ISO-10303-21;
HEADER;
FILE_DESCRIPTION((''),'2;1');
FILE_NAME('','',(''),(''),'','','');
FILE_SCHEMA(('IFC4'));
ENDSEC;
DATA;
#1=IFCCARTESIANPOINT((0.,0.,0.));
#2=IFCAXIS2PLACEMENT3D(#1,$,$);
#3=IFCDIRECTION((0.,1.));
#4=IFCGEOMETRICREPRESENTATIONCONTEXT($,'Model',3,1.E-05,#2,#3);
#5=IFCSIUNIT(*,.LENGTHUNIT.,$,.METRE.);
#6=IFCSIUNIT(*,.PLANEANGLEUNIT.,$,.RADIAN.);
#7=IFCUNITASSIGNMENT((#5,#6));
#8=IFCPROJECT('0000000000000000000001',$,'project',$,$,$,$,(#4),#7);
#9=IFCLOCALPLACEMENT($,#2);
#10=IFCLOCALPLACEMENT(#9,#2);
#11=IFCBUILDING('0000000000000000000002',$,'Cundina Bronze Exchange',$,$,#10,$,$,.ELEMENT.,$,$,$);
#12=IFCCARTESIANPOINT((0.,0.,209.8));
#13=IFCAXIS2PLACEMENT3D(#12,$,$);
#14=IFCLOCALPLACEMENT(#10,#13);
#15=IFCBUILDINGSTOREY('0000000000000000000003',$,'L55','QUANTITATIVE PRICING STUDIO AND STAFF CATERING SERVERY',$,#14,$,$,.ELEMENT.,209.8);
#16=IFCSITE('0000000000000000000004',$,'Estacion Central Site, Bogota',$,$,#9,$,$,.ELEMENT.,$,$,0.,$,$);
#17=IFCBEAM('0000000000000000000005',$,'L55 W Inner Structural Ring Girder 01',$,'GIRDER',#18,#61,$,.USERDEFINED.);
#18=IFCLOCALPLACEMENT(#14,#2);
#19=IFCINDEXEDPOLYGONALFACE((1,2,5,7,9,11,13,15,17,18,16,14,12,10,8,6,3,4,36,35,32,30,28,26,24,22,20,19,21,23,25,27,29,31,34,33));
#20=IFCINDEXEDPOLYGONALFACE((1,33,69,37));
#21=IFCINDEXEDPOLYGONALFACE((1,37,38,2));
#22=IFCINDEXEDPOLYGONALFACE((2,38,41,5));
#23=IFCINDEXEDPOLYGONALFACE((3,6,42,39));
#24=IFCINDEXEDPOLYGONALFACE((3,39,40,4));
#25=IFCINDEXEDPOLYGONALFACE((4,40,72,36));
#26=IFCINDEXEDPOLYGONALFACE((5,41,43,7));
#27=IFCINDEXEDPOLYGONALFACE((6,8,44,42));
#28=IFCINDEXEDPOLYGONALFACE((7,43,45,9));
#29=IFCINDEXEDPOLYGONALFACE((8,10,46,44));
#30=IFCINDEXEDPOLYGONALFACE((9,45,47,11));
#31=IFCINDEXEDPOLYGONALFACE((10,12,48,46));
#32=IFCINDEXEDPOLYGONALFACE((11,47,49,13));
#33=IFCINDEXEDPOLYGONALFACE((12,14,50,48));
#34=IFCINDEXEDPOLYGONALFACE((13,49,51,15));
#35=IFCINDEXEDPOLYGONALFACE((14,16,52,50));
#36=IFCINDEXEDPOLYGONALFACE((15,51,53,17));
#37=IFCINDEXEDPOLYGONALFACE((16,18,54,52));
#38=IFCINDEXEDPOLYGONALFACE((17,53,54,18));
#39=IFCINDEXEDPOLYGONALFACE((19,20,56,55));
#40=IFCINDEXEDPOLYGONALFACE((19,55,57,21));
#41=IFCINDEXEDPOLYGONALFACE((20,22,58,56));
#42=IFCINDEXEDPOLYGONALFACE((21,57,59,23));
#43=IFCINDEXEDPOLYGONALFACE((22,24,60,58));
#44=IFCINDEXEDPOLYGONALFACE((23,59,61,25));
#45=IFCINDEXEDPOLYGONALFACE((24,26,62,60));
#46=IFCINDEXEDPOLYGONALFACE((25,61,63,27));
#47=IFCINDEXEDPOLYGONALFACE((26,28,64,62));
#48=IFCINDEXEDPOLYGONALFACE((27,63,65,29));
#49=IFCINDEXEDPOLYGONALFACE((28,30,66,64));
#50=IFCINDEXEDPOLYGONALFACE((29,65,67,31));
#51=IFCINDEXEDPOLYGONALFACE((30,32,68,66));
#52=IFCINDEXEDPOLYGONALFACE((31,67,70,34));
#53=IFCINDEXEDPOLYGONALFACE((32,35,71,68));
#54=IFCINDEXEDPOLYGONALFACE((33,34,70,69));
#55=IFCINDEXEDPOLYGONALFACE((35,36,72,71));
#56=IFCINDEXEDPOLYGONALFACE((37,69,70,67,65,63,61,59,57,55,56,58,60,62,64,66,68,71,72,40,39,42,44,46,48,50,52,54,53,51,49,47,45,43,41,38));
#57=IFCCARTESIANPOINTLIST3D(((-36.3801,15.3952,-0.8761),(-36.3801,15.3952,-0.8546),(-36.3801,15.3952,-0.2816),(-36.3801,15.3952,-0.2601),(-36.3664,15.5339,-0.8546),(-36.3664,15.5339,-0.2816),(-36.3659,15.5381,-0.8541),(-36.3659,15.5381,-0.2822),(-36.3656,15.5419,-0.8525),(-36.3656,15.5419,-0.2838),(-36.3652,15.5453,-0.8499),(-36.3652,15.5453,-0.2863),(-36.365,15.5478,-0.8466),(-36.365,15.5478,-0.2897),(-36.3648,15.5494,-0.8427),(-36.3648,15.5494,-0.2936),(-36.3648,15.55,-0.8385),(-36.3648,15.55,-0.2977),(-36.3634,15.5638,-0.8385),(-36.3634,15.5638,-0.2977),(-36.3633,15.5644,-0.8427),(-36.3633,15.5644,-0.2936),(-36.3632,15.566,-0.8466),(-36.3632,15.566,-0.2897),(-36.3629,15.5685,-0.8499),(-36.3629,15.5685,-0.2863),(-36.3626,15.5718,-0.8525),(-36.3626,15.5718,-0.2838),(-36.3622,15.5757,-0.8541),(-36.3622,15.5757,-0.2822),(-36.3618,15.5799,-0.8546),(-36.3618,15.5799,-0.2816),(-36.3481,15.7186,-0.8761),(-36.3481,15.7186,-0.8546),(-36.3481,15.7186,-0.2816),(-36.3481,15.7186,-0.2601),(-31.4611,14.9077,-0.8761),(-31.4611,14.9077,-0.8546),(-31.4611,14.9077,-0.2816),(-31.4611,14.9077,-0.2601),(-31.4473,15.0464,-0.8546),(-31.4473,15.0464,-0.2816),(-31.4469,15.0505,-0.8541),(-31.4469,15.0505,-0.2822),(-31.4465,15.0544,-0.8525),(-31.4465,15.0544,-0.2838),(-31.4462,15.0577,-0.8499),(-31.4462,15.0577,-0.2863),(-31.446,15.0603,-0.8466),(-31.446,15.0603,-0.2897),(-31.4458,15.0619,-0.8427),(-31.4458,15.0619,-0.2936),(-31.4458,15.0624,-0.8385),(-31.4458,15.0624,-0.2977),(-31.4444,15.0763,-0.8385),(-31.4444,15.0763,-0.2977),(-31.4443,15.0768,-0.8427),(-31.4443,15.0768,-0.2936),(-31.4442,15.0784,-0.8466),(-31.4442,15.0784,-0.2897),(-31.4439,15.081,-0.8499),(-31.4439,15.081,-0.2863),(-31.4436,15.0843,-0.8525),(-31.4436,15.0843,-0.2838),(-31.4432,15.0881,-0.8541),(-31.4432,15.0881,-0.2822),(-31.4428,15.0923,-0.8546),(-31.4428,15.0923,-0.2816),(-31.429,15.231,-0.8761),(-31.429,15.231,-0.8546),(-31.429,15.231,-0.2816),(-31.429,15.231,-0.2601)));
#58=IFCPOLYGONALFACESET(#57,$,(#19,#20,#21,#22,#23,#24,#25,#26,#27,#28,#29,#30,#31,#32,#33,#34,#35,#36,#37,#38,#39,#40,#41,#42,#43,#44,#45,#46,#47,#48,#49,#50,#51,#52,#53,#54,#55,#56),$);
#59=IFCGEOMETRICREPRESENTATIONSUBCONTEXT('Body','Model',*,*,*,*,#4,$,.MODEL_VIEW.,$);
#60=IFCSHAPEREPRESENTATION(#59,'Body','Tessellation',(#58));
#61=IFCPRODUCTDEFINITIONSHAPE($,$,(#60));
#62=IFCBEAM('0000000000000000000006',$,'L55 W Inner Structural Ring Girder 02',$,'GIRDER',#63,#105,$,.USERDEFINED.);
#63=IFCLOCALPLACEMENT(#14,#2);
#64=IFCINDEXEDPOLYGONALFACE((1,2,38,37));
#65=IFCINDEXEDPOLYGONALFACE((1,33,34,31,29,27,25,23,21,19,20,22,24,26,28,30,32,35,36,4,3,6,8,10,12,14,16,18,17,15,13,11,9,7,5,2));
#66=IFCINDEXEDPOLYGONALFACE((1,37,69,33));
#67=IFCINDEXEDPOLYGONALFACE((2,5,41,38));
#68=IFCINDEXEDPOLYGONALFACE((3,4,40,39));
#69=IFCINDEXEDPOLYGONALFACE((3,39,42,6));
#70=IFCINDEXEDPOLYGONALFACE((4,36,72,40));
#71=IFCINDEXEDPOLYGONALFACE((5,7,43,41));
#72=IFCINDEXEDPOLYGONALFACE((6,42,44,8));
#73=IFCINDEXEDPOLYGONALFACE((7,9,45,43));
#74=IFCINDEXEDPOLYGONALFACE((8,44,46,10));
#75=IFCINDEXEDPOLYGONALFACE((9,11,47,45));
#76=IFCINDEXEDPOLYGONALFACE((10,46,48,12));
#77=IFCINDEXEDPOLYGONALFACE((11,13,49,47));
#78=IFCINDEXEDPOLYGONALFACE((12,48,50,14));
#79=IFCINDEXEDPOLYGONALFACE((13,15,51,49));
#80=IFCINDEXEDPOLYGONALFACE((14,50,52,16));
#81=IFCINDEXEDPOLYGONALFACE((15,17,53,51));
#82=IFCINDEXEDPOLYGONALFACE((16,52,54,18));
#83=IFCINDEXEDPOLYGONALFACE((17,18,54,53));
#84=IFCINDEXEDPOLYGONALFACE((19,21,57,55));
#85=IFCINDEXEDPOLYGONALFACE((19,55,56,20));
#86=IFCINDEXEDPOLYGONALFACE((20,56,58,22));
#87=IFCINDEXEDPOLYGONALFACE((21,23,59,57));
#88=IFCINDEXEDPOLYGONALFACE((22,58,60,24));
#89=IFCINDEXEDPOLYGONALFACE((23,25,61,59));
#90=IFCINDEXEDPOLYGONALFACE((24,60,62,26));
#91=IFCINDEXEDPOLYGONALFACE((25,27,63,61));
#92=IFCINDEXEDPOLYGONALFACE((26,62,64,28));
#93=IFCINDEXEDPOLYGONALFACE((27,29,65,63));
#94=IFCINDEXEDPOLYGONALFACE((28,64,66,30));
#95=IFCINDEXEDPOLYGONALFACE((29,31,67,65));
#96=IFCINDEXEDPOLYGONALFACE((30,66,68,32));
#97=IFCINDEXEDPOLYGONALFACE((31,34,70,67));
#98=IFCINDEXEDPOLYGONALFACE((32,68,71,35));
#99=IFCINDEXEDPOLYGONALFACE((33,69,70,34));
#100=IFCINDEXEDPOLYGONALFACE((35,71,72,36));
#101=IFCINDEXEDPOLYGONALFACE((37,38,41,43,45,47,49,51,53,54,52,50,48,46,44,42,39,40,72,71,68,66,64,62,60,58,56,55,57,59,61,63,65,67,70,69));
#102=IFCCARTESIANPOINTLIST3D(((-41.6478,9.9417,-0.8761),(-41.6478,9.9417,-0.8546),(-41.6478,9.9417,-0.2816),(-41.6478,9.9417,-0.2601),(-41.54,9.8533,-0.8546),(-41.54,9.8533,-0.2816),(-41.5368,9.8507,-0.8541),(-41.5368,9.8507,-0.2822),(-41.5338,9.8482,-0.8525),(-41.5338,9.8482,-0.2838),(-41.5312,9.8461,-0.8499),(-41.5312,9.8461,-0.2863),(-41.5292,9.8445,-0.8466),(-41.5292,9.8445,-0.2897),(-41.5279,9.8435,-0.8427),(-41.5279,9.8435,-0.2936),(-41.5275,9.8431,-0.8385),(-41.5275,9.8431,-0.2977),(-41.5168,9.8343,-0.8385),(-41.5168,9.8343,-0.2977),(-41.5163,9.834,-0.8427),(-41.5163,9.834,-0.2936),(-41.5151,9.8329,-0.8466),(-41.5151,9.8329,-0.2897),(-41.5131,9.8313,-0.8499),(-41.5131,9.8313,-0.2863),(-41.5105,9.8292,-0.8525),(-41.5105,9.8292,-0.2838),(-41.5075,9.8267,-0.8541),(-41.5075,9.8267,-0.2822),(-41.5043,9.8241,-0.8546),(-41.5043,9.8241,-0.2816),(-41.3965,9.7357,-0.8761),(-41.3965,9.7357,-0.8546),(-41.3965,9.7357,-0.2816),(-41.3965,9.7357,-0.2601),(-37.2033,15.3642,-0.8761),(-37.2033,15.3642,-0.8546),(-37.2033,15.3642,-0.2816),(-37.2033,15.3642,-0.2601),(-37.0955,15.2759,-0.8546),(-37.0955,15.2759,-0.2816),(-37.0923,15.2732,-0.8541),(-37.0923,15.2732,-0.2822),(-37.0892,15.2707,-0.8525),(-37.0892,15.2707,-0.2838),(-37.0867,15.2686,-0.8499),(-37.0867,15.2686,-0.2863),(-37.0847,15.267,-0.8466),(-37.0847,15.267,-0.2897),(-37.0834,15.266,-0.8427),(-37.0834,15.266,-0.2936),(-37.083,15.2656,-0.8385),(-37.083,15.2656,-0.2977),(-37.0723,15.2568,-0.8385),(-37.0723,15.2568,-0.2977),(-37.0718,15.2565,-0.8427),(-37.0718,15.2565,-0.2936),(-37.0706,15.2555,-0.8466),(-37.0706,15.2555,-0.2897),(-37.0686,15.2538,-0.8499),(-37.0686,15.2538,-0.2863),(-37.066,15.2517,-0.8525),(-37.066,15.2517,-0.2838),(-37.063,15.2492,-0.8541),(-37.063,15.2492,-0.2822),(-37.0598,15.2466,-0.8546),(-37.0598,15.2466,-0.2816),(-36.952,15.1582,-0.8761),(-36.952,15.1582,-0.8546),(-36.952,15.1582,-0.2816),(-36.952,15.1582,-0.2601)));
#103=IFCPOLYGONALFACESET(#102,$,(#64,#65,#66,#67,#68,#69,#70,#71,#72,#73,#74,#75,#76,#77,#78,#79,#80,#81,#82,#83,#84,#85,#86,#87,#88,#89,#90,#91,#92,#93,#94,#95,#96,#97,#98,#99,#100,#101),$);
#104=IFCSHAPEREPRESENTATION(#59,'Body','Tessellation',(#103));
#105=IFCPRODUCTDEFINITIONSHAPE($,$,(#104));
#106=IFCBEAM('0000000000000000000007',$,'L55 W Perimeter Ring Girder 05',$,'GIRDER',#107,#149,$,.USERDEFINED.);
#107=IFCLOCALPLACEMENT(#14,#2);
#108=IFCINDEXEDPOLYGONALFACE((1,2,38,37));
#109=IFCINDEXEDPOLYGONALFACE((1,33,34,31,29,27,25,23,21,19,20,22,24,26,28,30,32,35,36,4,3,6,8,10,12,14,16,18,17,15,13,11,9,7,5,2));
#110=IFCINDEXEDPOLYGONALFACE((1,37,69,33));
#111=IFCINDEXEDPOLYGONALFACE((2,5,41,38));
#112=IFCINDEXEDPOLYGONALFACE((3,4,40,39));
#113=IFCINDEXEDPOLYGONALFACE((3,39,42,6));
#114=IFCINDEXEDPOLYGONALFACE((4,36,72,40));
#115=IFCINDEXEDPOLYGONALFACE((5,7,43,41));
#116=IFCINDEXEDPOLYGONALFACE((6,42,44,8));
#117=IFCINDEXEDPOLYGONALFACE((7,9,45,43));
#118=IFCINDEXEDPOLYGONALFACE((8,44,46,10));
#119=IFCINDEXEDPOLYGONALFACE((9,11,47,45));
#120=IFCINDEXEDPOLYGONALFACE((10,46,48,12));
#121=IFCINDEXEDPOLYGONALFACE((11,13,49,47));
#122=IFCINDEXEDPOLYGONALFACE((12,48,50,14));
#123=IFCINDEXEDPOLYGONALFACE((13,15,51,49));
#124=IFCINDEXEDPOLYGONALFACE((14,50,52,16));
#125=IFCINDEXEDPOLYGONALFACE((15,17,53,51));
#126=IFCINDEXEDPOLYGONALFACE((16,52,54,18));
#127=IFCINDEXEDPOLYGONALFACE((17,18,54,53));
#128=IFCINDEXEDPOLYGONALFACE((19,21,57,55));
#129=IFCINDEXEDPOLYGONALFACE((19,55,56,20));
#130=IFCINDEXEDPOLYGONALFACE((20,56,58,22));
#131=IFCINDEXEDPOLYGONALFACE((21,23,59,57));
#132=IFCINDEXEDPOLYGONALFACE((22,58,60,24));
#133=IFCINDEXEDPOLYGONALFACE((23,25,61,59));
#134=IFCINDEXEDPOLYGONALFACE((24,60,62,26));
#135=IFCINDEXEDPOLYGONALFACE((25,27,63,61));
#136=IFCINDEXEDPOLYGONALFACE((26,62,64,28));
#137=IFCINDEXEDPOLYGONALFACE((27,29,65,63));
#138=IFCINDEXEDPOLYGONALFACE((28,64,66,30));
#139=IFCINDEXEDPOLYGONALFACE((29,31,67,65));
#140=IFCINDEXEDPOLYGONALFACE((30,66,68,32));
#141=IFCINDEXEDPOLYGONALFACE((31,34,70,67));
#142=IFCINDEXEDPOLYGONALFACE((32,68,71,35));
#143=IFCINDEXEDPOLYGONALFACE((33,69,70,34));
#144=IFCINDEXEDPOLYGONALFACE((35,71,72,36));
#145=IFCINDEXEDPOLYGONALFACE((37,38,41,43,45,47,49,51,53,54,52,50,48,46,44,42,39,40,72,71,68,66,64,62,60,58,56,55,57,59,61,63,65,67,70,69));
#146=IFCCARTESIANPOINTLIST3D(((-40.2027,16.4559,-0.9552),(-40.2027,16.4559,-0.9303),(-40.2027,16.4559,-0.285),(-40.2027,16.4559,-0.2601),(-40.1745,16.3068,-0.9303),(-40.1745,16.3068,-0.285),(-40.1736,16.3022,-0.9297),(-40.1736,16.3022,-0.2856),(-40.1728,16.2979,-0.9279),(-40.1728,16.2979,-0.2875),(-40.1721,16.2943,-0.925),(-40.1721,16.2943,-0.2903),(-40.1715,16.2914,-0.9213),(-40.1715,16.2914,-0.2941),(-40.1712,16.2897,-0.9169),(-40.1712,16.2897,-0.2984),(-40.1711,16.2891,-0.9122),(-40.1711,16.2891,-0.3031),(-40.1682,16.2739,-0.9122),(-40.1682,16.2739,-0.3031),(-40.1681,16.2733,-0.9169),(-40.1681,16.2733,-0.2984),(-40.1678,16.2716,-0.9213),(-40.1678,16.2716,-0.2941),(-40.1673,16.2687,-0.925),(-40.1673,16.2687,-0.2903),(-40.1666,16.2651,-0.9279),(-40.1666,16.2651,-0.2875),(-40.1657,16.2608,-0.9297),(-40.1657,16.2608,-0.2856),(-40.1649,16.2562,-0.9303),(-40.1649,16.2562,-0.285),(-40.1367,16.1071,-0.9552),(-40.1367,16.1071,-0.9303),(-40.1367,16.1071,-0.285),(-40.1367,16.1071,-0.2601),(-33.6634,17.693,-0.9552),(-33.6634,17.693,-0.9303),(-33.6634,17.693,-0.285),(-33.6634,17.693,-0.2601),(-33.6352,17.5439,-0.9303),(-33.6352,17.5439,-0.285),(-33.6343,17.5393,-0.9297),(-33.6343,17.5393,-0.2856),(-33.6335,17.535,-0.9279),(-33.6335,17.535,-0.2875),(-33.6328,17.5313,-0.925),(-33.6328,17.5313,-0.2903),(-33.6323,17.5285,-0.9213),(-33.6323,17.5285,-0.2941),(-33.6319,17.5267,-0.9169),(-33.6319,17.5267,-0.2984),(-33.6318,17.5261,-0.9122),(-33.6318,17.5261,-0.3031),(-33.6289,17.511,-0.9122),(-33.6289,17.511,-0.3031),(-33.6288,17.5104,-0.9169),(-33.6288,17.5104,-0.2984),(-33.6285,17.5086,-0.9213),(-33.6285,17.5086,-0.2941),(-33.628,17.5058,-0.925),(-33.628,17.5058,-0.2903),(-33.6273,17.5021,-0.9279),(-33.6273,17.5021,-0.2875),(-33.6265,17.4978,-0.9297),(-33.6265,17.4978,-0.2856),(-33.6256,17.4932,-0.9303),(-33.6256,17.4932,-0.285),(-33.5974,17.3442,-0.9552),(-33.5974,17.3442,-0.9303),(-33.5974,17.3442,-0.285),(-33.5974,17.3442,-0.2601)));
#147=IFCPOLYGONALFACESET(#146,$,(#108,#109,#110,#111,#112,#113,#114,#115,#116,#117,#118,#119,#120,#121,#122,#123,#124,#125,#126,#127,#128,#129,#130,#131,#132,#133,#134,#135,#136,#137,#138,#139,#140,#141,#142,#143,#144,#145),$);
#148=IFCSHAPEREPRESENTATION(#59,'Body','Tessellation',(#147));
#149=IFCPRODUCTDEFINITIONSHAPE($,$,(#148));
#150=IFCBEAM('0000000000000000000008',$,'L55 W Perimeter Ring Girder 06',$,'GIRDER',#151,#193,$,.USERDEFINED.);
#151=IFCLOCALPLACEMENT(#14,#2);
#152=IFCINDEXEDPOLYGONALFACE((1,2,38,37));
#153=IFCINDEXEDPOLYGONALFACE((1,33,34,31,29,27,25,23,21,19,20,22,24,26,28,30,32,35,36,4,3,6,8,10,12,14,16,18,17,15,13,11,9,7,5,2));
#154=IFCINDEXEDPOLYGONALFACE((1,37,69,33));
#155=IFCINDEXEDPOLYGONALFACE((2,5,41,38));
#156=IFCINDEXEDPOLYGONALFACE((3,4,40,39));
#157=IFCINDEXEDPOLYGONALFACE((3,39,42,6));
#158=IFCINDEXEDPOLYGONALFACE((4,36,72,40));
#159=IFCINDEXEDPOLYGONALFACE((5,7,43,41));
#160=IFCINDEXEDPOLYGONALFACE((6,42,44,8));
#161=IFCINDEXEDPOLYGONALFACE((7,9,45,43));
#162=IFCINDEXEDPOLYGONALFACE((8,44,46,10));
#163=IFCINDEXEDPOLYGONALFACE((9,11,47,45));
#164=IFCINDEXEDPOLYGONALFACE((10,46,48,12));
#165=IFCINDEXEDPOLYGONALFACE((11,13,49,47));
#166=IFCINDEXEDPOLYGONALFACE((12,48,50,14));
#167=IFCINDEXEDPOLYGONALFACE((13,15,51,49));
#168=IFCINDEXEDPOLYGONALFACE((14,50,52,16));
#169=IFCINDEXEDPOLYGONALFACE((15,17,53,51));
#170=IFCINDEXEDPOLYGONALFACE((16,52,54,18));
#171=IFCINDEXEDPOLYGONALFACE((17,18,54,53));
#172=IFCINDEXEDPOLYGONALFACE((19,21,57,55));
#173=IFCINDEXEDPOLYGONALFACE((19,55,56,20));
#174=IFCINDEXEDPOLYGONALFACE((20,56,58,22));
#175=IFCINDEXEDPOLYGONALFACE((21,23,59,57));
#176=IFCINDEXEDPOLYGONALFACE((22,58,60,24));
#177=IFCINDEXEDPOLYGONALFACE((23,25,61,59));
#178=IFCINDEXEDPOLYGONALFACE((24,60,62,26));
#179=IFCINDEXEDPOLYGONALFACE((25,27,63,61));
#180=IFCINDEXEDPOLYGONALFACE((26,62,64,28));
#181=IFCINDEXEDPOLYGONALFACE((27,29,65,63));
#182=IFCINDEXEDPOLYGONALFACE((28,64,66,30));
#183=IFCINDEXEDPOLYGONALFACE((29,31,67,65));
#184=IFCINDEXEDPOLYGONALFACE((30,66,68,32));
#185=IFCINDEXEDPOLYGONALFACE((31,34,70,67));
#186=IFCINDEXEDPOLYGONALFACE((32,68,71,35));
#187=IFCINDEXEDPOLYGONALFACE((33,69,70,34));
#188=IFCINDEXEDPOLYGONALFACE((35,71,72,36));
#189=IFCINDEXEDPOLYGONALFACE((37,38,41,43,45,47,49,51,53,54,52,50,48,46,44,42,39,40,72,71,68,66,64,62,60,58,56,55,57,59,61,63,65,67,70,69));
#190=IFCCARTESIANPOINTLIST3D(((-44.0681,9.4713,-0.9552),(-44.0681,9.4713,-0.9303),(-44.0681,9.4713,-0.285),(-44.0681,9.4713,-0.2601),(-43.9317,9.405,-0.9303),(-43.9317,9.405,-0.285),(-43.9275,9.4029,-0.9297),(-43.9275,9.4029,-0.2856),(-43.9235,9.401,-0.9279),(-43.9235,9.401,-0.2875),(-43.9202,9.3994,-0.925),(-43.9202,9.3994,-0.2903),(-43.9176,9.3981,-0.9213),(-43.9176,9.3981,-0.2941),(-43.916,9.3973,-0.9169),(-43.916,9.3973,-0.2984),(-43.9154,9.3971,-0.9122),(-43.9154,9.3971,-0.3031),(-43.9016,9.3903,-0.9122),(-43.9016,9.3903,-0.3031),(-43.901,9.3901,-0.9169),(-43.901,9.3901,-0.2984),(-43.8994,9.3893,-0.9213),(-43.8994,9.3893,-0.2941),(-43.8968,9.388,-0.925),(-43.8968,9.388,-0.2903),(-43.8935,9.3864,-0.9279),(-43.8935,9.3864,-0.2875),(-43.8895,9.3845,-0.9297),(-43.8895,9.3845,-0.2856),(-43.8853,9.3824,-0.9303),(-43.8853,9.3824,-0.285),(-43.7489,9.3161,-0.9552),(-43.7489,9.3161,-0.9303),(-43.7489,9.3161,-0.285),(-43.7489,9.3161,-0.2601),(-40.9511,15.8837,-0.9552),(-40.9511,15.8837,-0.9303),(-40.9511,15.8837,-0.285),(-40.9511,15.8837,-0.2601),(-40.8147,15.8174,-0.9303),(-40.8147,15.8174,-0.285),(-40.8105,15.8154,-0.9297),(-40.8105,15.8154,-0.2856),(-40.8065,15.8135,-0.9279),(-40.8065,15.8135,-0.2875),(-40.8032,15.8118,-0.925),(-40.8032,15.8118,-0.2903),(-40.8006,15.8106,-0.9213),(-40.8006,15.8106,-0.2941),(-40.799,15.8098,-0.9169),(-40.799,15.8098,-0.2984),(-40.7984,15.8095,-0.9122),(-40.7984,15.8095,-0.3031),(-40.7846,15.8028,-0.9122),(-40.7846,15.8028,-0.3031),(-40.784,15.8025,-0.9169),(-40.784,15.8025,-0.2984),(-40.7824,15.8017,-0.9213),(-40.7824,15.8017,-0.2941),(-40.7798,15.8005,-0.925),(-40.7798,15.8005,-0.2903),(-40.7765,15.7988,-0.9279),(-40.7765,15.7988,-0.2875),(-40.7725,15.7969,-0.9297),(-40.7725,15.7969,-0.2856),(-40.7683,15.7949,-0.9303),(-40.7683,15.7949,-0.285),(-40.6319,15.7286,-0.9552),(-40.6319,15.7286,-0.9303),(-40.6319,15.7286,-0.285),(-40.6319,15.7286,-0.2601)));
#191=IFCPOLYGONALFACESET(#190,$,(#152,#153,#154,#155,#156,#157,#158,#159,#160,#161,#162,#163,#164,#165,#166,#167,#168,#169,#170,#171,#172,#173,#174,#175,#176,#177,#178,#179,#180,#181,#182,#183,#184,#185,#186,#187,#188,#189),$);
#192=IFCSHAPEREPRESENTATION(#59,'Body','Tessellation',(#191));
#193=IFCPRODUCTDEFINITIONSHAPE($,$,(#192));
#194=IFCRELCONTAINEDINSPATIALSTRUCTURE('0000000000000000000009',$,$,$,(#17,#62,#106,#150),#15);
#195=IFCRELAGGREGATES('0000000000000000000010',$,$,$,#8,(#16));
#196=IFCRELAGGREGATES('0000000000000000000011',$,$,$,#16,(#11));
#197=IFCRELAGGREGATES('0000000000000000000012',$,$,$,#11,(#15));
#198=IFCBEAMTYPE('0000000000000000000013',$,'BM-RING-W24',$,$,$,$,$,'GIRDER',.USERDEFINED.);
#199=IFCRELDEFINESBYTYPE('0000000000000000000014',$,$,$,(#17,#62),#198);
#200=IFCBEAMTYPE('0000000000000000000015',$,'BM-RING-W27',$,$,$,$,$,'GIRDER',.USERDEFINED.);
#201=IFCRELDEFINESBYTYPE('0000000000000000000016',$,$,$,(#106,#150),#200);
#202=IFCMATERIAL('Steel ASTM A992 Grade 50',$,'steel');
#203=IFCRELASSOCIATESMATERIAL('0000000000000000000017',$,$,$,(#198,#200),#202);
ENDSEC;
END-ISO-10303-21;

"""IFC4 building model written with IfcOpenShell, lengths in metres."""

from ifc_helpers import new_model, si_unit, direction, frame, origin, origin_2d, place, context, subcontext, project, spatial, i_section, extrude, material, material_profile, profile_set, type_object, element, save


model = new_model("IFC4")

# Units and contexts
model_context = context("Model", 3, precision=1e-05, world=origin(), true_north=direction((0.0, 1.0)))
body_context = subcontext(model_context, "Body", "Model", "MODEL_VIEW")
ifc_project = project(units=[si_unit("LENGTHUNIT", "METRE"), si_unit("PLANEANGLEUNIT", "RADIAN")], contexts=[model_context])

# Site, building, storey
site_placement = place(None, origin())
site = spatial("IfcSite", under=ifc_project, at=site_placement, Name="Estacion Central Site, Bogota", CompositionType="ELEMENT", RefElevation=0.0)
building_placement = place(site_placement, origin())
building = spatial("IfcBuilding", under=site, at=building_placement, Name="Cundina Bronze Exchange", CompositionType="ELEMENT")
storey_placement = place(building_placement, frame((0.0, 0.0, 209.8)))
storey = spatial("IfcBuildingStorey", under=building, at=storey_placement, Name="L55", Description="QUANTITATIVE PRICING STUDIO AND STAFF CATERING SERVERY", CompositionType="ELEMENT", Elevation=209.8)

# Shared definitions
ifc_material_1 = material(Name="Steel ASTM A992 Grade 50", Category="steel")

# Beams
ifc_material_profile_1 = material_profile(ifc_material_1, i_section(OverallWidth=0.325, OverallDepth=0.616, WebThickness=0.0139, FlangeThickness=0.0215, FilletRadius=0.0161, at=origin_2d()), Name="W24X117", Category="steel")
ifc_profile_set_1 = profile_set([ifc_material_profile_1], Name="Steel ASTM A992 Grade 50")
beam_type_1 = type_object("IfcBeamType", Name="BM-RING-W24", ElementType="GIRDER", PredefinedType="USERDEFINED", material=ifc_profile_set_1)
beam_1_placement = place(storey_placement, frame((-31.4451, 15.0693, -0.5681), z_axis=(-0.995124, 0.098633, 0.0), x_axis=(-0.098633, -0.995124, 0.0)))
element("IfcBeam", 1, at=beam_1_placement, inside=storey, type_object=beam_type_1, Name="L55 W Inner Structural Ring Girder 01", ObjectType="GIRDER", PredefinedType="USERDEFINED", context=body_context, shape_type="SweptSolid", body=[
    extrude(i_section(OverallWidth=0.325, OverallDepth=0.616, WebThickness=0.0139, FlangeThickness=0.0215, FilletRadius=0.0161, at=origin_2d()), origin(), (0.0, 0.0, 1.0), 4.9431),
])
beam_2_placement = place(storey_placement, frame((-37.0776, 15.2612, -0.5681), z_axis=(-0.633913, -0.773405, 0.0), x_axis=(0.773405, -0.633913, 0.0)))
element("IfcBeam", 2, at=beam_2_placement, inside=storey, type_object=beam_type_1, Name="L55 W Inner Structural Ring Girder 02", ObjectType="GIRDER", PredefinedType="USERDEFINED", context=body_context, shape_type="SweptSolid", body=[
    extrude(i_section(OverallWidth=0.325, OverallDepth=0.616, WebThickness=0.0139, FlangeThickness=0.0215, FilletRadius=0.0161, at=origin_2d()), origin(), (0.0, 0.0, 1.0), 7.0112),
])
ifc_material_profile_2 = material_profile(ifc_material_1, i_section(OverallWidth=0.355, OverallDepth=0.6951, WebThickness=0.0154, FlangeThickness=0.0249, FilletRadius=0.0181, at=origin_2d()), Name="W27X146", Category="steel")
ifc_profile_set_2 = profile_set([ifc_material_profile_2], Name="Steel ASTM A992 Grade 50")
beam_type_2 = type_object("IfcBeamType", Name="BM-RING-W27", ElementType="GIRDER", PredefinedType="USERDEFINED", material=ifc_profile_set_2)
beam_3_placement = place(storey_placement, frame((-33.6304, 17.5186, -0.6077), z_axis=(-0.982573, -0.185876, 0.0), x_axis=(0.185876, -0.982573, 0.0)))
element("IfcBeam", 3, at=beam_3_placement, inside=storey, type_object=beam_type_2, Name="L55 W Perimeter Ring Girder 05", ObjectType="GIRDER", PredefinedType="USERDEFINED", context=body_context, shape_type="SweptSolid", body=[
    extrude(i_section(OverallWidth=0.355, OverallDepth=0.6951, WebThickness=0.0154, FlangeThickness=0.0249, FilletRadius=0.0181, at=origin_2d()), origin(), (0.0, 0.0, 1.0), 6.6553),
])
beam_4_placement = place(storey_placement, frame((-40.7915, 15.8062, -0.6077), z_axis=(-0.437173, -0.899377, 0.0), x_axis=(0.899377, -0.437173, 0.0)))
element("IfcBeam", 4, at=beam_4_placement, inside=storey, type_object=beam_type_2, Name="L55 W Perimeter Ring Girder 06", ObjectType="GIRDER", PredefinedType="USERDEFINED", context=body_context, shape_type="SweptSolid", body=[
    extrude(i_section(OverallWidth=0.355, OverallDepth=0.6951, WebThickness=0.0154, FlangeThickness=0.0249, FilletRadius=0.0181, at=origin_2d()), origin(), (0.0, 0.0, 1.0), 7.1299),
])

save(model, "model.ifc")
